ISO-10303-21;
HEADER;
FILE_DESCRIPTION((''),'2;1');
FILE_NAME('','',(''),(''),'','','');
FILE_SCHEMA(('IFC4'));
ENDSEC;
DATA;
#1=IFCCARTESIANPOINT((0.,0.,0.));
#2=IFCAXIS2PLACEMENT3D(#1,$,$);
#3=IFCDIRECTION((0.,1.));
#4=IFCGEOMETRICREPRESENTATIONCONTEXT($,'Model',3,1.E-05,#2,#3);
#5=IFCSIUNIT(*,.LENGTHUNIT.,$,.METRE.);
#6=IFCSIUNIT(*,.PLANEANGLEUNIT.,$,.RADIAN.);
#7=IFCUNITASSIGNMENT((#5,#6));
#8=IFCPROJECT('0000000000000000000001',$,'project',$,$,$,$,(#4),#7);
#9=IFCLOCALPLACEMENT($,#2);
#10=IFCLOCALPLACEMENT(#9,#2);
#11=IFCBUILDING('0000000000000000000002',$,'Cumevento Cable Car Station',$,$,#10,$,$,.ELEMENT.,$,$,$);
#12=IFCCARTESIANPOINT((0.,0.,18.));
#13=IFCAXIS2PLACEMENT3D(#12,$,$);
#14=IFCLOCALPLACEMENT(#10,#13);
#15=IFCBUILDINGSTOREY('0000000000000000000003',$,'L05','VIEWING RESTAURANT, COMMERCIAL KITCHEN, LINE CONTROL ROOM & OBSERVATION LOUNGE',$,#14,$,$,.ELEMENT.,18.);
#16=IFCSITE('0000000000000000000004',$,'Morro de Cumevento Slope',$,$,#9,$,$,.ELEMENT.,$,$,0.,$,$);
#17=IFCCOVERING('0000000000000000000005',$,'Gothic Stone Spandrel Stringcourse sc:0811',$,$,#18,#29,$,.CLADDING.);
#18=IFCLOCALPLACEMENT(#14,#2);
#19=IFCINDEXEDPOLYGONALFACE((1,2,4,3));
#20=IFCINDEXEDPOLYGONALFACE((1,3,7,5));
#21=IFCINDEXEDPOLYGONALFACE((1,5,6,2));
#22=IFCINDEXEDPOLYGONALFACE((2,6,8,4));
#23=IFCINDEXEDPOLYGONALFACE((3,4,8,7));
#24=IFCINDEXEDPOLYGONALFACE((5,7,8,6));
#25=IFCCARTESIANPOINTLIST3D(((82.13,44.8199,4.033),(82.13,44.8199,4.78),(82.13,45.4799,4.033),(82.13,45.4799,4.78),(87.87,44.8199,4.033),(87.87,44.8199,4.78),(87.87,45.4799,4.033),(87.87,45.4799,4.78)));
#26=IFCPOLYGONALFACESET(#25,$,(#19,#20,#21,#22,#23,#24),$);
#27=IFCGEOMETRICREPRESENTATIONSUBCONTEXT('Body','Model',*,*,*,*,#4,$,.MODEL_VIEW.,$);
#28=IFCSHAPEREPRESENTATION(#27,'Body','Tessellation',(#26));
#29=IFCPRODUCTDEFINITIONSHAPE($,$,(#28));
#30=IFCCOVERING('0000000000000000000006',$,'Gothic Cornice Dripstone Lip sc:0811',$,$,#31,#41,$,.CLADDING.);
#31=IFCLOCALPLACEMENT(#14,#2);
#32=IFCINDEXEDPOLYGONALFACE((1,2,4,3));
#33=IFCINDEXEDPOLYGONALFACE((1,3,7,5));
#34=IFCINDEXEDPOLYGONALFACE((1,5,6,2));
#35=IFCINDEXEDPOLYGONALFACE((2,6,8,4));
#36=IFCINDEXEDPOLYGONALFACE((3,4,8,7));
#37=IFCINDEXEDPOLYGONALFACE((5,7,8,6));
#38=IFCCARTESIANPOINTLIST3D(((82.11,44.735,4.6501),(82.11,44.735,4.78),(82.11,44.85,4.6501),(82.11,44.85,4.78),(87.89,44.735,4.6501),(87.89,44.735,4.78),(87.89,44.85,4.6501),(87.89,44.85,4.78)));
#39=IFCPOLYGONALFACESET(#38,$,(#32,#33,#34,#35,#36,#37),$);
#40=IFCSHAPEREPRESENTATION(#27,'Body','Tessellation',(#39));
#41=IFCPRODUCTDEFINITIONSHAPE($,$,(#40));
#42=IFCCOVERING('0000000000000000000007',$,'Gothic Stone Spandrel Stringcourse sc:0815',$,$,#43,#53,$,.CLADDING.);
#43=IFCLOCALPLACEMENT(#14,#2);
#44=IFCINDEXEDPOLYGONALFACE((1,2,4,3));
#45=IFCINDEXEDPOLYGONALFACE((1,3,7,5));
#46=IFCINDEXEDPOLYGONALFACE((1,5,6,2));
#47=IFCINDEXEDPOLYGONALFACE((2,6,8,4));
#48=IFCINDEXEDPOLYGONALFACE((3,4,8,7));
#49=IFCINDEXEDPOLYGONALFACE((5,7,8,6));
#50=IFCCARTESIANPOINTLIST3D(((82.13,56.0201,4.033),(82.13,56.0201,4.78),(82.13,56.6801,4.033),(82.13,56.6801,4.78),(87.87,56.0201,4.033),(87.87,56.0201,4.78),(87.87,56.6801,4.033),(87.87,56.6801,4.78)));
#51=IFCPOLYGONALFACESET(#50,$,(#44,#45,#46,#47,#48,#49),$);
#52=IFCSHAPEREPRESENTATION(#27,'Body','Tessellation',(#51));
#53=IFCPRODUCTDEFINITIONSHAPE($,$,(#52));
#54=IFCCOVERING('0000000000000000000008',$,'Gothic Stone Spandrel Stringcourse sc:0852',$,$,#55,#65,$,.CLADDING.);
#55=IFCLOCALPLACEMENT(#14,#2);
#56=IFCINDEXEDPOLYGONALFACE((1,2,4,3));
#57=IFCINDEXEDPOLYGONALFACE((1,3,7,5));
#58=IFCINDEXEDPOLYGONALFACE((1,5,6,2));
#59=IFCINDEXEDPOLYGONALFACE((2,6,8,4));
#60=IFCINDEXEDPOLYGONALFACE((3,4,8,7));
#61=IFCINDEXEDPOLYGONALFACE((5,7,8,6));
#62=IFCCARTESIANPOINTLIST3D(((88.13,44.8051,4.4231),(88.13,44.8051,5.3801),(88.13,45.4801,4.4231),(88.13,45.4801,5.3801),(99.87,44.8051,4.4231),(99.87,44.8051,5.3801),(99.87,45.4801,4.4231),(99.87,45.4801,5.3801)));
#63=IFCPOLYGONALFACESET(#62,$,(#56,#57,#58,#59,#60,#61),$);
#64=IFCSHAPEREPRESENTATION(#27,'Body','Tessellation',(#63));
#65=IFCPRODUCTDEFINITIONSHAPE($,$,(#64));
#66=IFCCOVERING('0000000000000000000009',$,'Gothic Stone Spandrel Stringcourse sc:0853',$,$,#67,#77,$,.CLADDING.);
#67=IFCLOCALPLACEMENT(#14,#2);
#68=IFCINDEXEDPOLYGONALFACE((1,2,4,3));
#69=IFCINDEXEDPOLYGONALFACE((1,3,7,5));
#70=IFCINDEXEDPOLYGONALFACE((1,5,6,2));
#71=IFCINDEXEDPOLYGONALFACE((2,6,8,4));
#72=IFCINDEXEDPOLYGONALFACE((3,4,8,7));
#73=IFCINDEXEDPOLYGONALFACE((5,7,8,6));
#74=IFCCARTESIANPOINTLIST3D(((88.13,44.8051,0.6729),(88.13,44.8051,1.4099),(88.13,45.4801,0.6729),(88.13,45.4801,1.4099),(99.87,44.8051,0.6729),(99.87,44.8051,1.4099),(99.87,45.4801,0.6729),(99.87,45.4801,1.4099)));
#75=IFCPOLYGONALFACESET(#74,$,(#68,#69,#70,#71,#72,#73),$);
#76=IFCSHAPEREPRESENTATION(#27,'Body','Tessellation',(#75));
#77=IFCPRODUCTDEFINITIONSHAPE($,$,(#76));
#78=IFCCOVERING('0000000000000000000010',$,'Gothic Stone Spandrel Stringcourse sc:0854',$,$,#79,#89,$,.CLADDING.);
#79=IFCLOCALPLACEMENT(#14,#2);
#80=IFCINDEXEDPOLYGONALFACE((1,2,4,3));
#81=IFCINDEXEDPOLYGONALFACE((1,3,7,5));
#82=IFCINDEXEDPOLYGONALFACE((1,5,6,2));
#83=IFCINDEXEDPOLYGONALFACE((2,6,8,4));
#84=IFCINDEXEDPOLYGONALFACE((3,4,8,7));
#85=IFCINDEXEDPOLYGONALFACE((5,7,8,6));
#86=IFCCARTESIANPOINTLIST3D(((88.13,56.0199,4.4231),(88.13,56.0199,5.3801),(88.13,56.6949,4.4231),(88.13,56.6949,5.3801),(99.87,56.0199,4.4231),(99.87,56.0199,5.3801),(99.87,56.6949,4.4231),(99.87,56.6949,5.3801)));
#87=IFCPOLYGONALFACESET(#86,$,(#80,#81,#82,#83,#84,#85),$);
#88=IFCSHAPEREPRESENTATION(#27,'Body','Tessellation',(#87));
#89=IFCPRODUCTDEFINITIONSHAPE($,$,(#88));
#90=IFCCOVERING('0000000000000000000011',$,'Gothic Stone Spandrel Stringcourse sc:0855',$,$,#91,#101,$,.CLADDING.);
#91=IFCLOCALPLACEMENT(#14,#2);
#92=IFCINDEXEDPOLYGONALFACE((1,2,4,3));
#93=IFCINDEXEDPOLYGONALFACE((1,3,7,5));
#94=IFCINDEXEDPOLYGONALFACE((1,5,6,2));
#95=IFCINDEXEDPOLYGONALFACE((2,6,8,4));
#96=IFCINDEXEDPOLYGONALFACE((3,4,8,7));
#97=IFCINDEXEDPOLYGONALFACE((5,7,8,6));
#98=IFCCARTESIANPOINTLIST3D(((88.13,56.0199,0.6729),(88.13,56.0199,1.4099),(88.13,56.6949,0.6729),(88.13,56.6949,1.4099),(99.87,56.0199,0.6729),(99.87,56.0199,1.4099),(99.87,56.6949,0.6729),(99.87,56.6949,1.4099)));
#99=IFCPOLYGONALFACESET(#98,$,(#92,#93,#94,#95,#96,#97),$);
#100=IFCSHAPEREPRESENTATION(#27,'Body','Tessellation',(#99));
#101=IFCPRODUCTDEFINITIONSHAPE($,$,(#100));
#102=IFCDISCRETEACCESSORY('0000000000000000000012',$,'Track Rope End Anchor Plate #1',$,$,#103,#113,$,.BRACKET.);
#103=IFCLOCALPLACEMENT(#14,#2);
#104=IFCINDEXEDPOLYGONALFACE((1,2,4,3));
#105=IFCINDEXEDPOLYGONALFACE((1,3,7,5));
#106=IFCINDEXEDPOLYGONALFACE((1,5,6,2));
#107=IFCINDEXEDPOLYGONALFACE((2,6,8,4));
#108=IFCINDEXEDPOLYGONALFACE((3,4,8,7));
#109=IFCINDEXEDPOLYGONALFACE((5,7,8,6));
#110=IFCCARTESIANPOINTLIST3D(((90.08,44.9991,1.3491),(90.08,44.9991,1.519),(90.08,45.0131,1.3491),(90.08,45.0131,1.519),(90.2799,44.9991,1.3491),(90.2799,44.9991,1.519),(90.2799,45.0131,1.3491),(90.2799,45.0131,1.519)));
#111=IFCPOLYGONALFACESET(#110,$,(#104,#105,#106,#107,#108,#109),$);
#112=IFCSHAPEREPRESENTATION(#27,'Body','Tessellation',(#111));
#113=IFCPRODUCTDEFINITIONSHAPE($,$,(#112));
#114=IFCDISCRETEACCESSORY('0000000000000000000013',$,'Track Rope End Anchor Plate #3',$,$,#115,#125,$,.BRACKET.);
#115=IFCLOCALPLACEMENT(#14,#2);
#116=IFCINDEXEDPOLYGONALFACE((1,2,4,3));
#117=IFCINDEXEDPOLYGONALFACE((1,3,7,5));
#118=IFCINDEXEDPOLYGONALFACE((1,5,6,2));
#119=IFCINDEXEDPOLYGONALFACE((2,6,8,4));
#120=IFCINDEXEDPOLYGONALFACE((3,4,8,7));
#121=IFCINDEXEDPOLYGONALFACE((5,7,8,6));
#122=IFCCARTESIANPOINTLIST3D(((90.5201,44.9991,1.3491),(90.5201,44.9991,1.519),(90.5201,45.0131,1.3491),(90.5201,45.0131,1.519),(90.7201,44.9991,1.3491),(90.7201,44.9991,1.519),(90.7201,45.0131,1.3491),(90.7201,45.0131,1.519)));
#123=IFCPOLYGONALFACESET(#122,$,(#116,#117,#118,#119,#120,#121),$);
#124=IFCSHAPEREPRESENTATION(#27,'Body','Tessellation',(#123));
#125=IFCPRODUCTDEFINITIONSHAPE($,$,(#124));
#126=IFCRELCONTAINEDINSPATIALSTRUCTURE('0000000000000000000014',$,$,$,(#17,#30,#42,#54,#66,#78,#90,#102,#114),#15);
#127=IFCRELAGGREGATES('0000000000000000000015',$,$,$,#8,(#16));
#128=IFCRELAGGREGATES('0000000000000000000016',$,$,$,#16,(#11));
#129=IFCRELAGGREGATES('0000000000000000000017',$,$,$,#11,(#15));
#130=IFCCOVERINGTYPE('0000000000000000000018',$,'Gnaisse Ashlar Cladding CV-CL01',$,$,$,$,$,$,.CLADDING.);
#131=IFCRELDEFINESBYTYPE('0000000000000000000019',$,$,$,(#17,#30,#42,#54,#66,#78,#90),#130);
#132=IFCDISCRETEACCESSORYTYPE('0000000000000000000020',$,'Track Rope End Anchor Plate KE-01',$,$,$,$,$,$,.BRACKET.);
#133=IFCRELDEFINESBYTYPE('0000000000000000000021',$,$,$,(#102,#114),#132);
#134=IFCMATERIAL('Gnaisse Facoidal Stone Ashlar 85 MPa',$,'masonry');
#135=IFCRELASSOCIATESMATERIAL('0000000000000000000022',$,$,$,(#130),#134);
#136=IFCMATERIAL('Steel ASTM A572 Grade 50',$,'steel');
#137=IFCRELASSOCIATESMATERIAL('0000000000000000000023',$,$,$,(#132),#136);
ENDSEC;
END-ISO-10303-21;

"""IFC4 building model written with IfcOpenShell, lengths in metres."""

from ifc_helpers import new_model, si_unit, direction, frame, origin, origin_2d, place, context, subcontext, project, spatial, rectangle, extrude, material, type_object, element, save


model = new_model("IFC4")

# Units and contexts
model_context = context("Model", 3, precision=1e-05, world=origin(), true_north=direction((0.0, 1.0)))
body_context = subcontext(model_context, "Body", "Model", "MODEL_VIEW")
ifc_project = project(units=[si_unit("LENGTHUNIT", "METRE"), si_unit("PLANEANGLEUNIT", "RADIAN")], contexts=[model_context])

# Site, building, storey
site_placement = place(None, origin())
site = spatial("IfcSite", under=ifc_project, at=site_placement, Name="Morro de Cumevento Slope", CompositionType="ELEMENT", RefElevation=0.0)
building_placement = place(site_placement, origin())
building = spatial("IfcBuilding", under=site, at=building_placement, Name="Cumevento Cable Car Station", CompositionType="ELEMENT")
storey_placement = place(building_placement, frame((0.0, 0.0, 18.0)))
storey = spatial("IfcBuildingStorey", under=building, at=storey_placement, Name="L05", Description="VIEWING RESTAURANT, COMMERCIAL KITCHEN, LINE CONTROL ROOM & OBSERVATION LOUNGE", CompositionType="ELEMENT", Elevation=18.0)

# Coverings
ifc_material_1 = material(Name="Gnaisse Facoidal Stone Ashlar 85 MPa", Category="masonry")
covering_type = type_object("IfcCoveringType", Name="Gnaisse Ashlar Cladding CV-CL01", PredefinedType="CLADDING", material=ifc_material_1)
covering_1_placement = place(storey_placement, frame((85.0, 45.1499, 4.033), z_axis=(0.0, 0.0, 1.0), x_axis=(-1.0, 0.0, 0.0)))
element("IfcCovering", 1, at=covering_1_placement, inside=storey, type_object=covering_type, Name="Gothic Stone Spandrel Stringcourse sc:0811", PredefinedType="CLADDING", context=body_context, shape_type="SweptSolid", body=[
    extrude(rectangle(XDim=5.74, YDim=0.6599, at=origin_2d()), origin(), (0.0, 0.0, 1.0), 0.7471),
])
covering_2_placement = place(storey_placement, frame((85.0, 44.7925, 4.6501), z_axis=(0.0, 0.0, 1.0), x_axis=(-1.0, 0.0, 0.0)))
element("IfcCovering", 2, at=covering_2_placement, inside=storey, type_object=covering_type, Name="Gothic Cornice Dripstone Lip sc:0811", PredefinedType="CLADDING", context=body_context, shape_type="SweptSolid", body=[
    extrude(rectangle(XDim=5.78, YDim=0.115, at=origin_2d()), origin(), (0.0, 0.0, 1.0), 0.1299),
])
covering_3_placement = place(storey_placement, frame((85.0, 56.3501, 4.033), z_axis=(0.0, 0.0, 1.0), x_axis=(1.0, 0.0, 0.0)))
element("IfcCovering", 3, at=covering_3_placement, inside=storey, type_object=covering_type, Name="Gothic Stone Spandrel Stringcourse sc:0815", PredefinedType="CLADDING", context=body_context, shape_type="SweptSolid", body=[
    extrude(rectangle(XDim=5.74, YDim=0.6599, at=origin_2d()), origin(), (0.0, 0.0, 1.0), 0.7471),
])
covering_4_placement = place(storey_placement, frame((94.0, 45.1426, 4.4231), z_axis=(0.0, 0.0, 1.0), x_axis=(-1.0, 0.0, 0.0)))
element("IfcCovering", 4, at=covering_4_placement, inside=storey, type_object=covering_type, Name="Gothic Stone Spandrel Stringcourse sc:0852", PredefinedType="CLADDING", context=body_context, shape_type="SweptSolid", body=[
    extrude(rectangle(XDim=11.74, YDim=0.675, at=origin_2d()), origin(), (0.0, 0.0, 1.0), 0.957),
])
covering_5_placement = place(storey_placement, frame((94.0, 45.1426, 0.6729), z_axis=(0.0, 0.0, 1.0), x_axis=(-1.0, 0.0, 0.0)))
element("IfcCovering", 5, at=covering_5_placement, inside=storey, type_object=covering_type, Name="Gothic Stone Spandrel Stringcourse sc:0853", PredefinedType="CLADDING", context=body_context, shape_type="SweptSolid", body=[
    extrude(rectangle(XDim=11.74, YDim=0.675, at=origin_2d()), origin(), (0.0, 0.0, 1.0), 0.7371),
])
covering_6_placement = place(storey_placement, frame((94.0, 56.3574, 4.4231), z_axis=(0.0, 0.0, 1.0), x_axis=(1.0, 0.0, 0.0)))
element("IfcCovering", 6, at=covering_6_placement, inside=storey, type_object=covering_type, Name="Gothic Stone Spandrel Stringcourse sc:0854", PredefinedType="CLADDING", context=body_context, shape_type="SweptSolid", body=[
    extrude(rectangle(XDim=11.74, YDim=0.675, at=origin_2d()), origin(), (0.0, 0.0, 1.0), 0.957),
])
covering_7_placement = place(storey_placement, frame((94.0, 56.3574, 0.6729), z_axis=(0.0, 0.0, 1.0), x_axis=(1.0, 0.0, 0.0)))
element("IfcCovering", 7, at=covering_7_placement, inside=storey, type_object=covering_type, Name="Gothic Stone Spandrel Stringcourse sc:0855", PredefinedType="CLADDING", context=body_context, shape_type="SweptSolid", body=[
    extrude(rectangle(XDim=11.74, YDim=0.675, at=origin_2d()), origin(), (0.0, 0.0, 1.0), 0.7371),
])

# Discrete accessories
ifc_material_2 = material(Name="Steel ASTM A572 Grade 50", Category="steel")
discrete_accessory_type = type_object("IfcDiscreteAccessoryType", Name="Track Rope End Anchor Plate KE-01", PredefinedType="BRACKET", material=ifc_material_2)
for number, where, z_axis, x_axis, name in (
    (8, (90.1799, 45.0061, 1.3491), (0.0, 0.0, 1.0), (0.0, 1.0, 0.0), "Track Rope End Anchor Plate #1"),
    (9, (90.6201, 45.0061, 1.3491), (0.0, 0.0, 1.0), (0.0, 1.0, 0.0), "Track Rope End Anchor Plate #3"),
):
    element("IfcDiscreteAccessory", number, at=place(storey_placement, frame(where, z_axis=z_axis, x_axis=x_axis)), inside=storey, type_object=discrete_accessory_type, Name=name, PredefinedType="BRACKET", context=body_context, shape_type="SweptSolid", body=[
        extrude(rectangle(XDim=0.0139, YDim=0.2, at=origin_2d()), origin(), (0.0, 0.0, 1.0), 0.1699),
    ])

save(model, "model.ifc")
